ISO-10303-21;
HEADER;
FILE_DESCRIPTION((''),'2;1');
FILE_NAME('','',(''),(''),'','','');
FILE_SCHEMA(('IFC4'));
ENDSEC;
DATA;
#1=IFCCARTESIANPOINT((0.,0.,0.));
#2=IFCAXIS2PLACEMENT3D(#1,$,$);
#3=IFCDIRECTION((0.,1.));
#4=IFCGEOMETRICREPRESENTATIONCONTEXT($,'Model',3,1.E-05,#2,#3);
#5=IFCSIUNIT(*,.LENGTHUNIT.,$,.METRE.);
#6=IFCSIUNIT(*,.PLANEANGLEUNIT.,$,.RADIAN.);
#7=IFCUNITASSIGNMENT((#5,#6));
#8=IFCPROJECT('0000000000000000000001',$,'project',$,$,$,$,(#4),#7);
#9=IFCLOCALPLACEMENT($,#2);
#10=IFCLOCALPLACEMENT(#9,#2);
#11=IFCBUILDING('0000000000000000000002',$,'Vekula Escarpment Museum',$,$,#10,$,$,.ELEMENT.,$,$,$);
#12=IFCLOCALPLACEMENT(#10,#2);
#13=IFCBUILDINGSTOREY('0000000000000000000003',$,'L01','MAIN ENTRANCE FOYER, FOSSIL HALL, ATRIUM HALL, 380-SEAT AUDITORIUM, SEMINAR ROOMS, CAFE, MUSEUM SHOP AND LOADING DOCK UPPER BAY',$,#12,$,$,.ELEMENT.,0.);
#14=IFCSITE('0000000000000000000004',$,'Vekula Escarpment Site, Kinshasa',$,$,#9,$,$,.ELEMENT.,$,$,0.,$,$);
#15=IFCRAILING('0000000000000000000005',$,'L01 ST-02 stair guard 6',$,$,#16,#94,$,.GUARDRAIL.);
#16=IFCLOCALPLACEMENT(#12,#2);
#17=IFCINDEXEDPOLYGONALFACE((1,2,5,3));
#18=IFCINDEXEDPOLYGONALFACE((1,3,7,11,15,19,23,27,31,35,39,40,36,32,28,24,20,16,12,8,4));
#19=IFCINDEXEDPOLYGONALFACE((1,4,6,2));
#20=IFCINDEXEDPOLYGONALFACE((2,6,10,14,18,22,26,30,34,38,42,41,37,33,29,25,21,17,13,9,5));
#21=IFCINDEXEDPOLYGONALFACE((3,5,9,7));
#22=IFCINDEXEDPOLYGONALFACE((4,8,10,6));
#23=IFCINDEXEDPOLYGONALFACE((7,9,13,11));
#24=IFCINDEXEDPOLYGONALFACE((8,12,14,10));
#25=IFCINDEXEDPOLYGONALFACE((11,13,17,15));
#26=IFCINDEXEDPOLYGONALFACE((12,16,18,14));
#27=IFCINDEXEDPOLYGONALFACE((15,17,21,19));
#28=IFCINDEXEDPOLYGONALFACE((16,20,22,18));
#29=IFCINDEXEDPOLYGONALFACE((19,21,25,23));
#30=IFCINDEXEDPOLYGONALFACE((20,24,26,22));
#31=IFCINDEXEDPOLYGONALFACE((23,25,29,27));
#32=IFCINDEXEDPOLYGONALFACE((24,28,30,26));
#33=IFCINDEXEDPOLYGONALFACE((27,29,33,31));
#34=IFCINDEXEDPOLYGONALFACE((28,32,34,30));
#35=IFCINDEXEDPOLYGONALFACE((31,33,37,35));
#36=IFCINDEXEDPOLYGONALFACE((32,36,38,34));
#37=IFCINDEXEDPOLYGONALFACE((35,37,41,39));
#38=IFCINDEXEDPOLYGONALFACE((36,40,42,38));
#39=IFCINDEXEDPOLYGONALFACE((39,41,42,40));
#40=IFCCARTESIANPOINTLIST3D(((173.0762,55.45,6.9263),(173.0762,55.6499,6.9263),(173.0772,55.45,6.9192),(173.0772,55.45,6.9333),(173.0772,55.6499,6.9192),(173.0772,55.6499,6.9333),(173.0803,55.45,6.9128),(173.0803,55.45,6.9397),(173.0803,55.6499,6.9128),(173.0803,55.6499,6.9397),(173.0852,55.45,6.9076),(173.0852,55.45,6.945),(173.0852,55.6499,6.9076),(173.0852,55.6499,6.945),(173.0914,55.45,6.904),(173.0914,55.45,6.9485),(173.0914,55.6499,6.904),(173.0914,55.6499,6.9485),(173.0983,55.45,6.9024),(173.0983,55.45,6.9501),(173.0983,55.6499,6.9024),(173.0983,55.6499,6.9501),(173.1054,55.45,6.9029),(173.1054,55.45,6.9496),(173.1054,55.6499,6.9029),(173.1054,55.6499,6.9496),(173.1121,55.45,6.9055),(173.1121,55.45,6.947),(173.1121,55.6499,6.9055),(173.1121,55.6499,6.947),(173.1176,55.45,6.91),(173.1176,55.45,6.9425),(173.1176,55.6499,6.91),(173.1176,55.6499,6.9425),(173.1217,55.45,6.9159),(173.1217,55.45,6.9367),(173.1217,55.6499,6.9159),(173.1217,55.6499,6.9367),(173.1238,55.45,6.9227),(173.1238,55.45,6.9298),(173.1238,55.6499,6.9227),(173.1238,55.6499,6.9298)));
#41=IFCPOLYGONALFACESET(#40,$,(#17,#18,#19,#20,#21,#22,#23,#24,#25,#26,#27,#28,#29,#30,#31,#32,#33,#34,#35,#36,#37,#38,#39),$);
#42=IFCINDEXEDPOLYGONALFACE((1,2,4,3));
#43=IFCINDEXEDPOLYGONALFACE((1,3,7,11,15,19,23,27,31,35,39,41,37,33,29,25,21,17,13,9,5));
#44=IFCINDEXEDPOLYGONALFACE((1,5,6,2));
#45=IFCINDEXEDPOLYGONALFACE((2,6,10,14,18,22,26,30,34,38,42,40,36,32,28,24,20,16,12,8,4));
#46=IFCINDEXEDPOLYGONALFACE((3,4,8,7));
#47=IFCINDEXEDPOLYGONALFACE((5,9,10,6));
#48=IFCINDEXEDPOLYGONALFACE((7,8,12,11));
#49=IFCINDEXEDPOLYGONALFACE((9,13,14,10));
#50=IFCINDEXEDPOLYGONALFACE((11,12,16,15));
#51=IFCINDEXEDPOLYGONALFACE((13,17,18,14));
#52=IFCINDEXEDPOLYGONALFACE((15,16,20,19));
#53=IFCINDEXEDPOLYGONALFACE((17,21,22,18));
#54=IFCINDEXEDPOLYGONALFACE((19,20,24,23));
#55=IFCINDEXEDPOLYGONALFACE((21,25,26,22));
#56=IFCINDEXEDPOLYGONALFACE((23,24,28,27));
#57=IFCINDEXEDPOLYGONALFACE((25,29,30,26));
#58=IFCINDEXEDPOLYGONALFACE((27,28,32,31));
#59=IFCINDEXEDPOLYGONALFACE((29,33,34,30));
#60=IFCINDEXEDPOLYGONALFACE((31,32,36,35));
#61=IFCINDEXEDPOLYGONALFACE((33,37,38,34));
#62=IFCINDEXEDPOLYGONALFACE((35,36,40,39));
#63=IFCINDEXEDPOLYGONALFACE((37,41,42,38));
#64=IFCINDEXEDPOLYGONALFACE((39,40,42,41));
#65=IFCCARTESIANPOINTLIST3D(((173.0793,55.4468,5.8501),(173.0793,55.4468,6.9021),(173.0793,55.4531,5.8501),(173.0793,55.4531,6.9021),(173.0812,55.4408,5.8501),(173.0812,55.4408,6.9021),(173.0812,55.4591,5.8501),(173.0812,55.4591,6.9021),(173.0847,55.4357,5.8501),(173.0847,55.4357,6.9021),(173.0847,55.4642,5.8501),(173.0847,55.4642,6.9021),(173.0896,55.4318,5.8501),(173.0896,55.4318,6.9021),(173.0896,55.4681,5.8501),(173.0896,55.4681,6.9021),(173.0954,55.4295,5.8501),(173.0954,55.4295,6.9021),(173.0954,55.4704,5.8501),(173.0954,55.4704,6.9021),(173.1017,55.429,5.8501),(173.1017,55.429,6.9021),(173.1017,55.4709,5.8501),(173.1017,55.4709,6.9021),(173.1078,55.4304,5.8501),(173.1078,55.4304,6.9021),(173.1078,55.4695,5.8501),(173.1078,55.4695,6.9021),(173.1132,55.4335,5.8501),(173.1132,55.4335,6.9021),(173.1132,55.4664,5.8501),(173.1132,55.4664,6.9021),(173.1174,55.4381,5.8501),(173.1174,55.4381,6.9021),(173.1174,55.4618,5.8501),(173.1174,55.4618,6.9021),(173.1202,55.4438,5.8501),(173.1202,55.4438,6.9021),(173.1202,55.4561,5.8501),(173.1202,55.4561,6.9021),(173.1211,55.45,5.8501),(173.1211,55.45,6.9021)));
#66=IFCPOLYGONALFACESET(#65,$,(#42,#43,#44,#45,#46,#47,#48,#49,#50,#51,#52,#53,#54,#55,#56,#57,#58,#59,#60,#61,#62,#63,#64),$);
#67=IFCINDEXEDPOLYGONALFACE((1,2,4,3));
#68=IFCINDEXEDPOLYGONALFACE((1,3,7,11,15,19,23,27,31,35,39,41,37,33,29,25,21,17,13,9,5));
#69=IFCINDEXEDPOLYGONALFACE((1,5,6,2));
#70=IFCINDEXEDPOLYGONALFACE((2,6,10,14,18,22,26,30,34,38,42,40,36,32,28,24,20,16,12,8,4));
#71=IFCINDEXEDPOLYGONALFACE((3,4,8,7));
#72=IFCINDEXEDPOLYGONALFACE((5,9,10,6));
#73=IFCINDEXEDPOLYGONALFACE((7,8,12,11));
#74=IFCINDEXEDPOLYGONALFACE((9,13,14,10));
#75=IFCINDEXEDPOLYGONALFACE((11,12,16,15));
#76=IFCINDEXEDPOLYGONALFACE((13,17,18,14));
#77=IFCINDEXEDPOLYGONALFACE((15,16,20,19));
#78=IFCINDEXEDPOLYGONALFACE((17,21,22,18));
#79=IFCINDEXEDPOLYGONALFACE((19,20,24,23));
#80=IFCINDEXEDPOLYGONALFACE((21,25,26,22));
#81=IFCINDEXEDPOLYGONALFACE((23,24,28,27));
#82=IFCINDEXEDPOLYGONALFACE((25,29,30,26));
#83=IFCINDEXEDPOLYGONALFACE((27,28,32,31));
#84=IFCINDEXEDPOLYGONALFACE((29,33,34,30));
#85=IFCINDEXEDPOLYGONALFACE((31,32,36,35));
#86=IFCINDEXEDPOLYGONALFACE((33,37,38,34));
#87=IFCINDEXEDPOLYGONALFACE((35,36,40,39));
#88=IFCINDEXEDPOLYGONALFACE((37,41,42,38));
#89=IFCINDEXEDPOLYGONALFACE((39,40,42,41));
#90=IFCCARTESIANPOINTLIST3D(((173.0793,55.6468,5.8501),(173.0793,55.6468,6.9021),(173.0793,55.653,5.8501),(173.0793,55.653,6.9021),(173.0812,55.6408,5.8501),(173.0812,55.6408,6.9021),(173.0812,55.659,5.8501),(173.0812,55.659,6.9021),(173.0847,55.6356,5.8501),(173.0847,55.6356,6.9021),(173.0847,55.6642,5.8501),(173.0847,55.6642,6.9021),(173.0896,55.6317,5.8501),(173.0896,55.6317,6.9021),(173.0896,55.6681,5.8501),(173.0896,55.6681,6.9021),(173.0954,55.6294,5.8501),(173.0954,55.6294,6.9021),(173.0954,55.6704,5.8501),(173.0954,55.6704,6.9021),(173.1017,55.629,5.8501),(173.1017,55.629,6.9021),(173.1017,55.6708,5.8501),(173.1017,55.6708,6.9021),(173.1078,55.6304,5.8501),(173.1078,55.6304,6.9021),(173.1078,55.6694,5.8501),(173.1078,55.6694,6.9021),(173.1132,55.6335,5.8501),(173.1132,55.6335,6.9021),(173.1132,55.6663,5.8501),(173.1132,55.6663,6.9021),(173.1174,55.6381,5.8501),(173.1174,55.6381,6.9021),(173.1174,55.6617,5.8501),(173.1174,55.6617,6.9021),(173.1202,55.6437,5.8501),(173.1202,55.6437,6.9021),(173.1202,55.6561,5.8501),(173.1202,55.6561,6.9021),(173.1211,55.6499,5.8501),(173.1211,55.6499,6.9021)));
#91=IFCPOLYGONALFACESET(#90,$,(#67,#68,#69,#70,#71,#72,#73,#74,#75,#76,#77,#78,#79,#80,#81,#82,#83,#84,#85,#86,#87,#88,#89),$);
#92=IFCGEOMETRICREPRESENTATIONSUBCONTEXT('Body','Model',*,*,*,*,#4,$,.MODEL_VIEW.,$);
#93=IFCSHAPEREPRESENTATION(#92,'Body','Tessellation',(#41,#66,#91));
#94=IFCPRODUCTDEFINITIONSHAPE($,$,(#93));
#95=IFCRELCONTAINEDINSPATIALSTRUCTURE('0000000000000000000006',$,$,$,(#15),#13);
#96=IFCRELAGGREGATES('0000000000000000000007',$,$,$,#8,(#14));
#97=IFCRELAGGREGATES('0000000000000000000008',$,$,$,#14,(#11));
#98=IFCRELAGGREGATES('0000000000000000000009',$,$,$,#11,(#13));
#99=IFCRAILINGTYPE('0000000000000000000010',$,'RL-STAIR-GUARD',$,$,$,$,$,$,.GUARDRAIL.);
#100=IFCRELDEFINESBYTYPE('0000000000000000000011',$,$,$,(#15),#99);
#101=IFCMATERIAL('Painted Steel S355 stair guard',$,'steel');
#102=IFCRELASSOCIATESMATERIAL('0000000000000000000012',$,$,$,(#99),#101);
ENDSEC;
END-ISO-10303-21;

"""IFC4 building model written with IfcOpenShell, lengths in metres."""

from ifc_helpers import new_model, si_unit, direction, frame, origin, origin_2d, place, context, subcontext, project, spatial, circle, extrude, material, type_object, element, save


model = new_model("IFC4")

# Units and contexts
model_context = context("Model", 3, precision=1e-05, world=origin(), true_north=direction((0.0, 1.0)))
body_context = subcontext(model_context, "Body", "Model", "MODEL_VIEW")
ifc_project = project(units=[si_unit("LENGTHUNIT", "METRE"), si_unit("PLANEANGLEUNIT", "RADIAN")], contexts=[model_context])

# Site, building, storey
site_placement = place(None, origin())
site = spatial("IfcSite", under=ifc_project, at=site_placement, Name="Vekula Escarpment Site, Kinshasa", CompositionType="ELEMENT", RefElevation=0.0)
building_placement = place(site_placement, origin())
building = spatial("IfcBuilding", under=site, at=building_placement, Name="Vekula Escarpment Museum", CompositionType="ELEMENT")
storey_placement = place(building_placement, origin())
storey = spatial("IfcBuildingStorey", under=building, at=storey_placement, Name="L01", Description="MAIN ENTRANCE FOYER, FOSSIL HALL, ATRIUM HALL, 380-SEAT AUDITORIUM, SEMINAR ROOMS, CAFE, MUSEUM SHOP AND LOADING DOCK UPPER BAY", CompositionType="ELEMENT", Elevation=0.0)

# Railing
ifc_material_1 = material(Name="Painted Steel S355 stair guard", Category="steel")
railing_type_1 = type_object("IfcRailingType", Name="RL-STAIR-GUARD", PredefinedType="GUARDRAIL", material=ifc_material_1)
railing_1_placement = place(storey_placement, frame((173.1001, 55.45, 5.8501)))
element("IfcRailing", 1, at=railing_1_placement, inside=storey, type_object=railing_type_1, Name="L01 ST-02 stair guard 6", PredefinedType="GUARDRAIL", context=body_context, shape_type="SweptSolid", body=[
    extrude(circle(Radius=0.0239, at=origin_2d()), frame((0.0, 0.0, 1.0762), z_axis=(0.0, 1.0, 0.0), x_axis=(-1.0, 0.0, 0.0)), (0.0, 0.0, 1.0), 0.2),
    extrude(circle(Radius=0.021, at=origin_2d()), origin(), (0.0, 0.0, 1.0), 1.052),
    extrude(circle(Radius=0.021, at=origin_2d()), frame((0.0, 0.2, 0.0)), (0.0, 0.0, 1.0), 1.052),
])

save(model, "model.ifc")
